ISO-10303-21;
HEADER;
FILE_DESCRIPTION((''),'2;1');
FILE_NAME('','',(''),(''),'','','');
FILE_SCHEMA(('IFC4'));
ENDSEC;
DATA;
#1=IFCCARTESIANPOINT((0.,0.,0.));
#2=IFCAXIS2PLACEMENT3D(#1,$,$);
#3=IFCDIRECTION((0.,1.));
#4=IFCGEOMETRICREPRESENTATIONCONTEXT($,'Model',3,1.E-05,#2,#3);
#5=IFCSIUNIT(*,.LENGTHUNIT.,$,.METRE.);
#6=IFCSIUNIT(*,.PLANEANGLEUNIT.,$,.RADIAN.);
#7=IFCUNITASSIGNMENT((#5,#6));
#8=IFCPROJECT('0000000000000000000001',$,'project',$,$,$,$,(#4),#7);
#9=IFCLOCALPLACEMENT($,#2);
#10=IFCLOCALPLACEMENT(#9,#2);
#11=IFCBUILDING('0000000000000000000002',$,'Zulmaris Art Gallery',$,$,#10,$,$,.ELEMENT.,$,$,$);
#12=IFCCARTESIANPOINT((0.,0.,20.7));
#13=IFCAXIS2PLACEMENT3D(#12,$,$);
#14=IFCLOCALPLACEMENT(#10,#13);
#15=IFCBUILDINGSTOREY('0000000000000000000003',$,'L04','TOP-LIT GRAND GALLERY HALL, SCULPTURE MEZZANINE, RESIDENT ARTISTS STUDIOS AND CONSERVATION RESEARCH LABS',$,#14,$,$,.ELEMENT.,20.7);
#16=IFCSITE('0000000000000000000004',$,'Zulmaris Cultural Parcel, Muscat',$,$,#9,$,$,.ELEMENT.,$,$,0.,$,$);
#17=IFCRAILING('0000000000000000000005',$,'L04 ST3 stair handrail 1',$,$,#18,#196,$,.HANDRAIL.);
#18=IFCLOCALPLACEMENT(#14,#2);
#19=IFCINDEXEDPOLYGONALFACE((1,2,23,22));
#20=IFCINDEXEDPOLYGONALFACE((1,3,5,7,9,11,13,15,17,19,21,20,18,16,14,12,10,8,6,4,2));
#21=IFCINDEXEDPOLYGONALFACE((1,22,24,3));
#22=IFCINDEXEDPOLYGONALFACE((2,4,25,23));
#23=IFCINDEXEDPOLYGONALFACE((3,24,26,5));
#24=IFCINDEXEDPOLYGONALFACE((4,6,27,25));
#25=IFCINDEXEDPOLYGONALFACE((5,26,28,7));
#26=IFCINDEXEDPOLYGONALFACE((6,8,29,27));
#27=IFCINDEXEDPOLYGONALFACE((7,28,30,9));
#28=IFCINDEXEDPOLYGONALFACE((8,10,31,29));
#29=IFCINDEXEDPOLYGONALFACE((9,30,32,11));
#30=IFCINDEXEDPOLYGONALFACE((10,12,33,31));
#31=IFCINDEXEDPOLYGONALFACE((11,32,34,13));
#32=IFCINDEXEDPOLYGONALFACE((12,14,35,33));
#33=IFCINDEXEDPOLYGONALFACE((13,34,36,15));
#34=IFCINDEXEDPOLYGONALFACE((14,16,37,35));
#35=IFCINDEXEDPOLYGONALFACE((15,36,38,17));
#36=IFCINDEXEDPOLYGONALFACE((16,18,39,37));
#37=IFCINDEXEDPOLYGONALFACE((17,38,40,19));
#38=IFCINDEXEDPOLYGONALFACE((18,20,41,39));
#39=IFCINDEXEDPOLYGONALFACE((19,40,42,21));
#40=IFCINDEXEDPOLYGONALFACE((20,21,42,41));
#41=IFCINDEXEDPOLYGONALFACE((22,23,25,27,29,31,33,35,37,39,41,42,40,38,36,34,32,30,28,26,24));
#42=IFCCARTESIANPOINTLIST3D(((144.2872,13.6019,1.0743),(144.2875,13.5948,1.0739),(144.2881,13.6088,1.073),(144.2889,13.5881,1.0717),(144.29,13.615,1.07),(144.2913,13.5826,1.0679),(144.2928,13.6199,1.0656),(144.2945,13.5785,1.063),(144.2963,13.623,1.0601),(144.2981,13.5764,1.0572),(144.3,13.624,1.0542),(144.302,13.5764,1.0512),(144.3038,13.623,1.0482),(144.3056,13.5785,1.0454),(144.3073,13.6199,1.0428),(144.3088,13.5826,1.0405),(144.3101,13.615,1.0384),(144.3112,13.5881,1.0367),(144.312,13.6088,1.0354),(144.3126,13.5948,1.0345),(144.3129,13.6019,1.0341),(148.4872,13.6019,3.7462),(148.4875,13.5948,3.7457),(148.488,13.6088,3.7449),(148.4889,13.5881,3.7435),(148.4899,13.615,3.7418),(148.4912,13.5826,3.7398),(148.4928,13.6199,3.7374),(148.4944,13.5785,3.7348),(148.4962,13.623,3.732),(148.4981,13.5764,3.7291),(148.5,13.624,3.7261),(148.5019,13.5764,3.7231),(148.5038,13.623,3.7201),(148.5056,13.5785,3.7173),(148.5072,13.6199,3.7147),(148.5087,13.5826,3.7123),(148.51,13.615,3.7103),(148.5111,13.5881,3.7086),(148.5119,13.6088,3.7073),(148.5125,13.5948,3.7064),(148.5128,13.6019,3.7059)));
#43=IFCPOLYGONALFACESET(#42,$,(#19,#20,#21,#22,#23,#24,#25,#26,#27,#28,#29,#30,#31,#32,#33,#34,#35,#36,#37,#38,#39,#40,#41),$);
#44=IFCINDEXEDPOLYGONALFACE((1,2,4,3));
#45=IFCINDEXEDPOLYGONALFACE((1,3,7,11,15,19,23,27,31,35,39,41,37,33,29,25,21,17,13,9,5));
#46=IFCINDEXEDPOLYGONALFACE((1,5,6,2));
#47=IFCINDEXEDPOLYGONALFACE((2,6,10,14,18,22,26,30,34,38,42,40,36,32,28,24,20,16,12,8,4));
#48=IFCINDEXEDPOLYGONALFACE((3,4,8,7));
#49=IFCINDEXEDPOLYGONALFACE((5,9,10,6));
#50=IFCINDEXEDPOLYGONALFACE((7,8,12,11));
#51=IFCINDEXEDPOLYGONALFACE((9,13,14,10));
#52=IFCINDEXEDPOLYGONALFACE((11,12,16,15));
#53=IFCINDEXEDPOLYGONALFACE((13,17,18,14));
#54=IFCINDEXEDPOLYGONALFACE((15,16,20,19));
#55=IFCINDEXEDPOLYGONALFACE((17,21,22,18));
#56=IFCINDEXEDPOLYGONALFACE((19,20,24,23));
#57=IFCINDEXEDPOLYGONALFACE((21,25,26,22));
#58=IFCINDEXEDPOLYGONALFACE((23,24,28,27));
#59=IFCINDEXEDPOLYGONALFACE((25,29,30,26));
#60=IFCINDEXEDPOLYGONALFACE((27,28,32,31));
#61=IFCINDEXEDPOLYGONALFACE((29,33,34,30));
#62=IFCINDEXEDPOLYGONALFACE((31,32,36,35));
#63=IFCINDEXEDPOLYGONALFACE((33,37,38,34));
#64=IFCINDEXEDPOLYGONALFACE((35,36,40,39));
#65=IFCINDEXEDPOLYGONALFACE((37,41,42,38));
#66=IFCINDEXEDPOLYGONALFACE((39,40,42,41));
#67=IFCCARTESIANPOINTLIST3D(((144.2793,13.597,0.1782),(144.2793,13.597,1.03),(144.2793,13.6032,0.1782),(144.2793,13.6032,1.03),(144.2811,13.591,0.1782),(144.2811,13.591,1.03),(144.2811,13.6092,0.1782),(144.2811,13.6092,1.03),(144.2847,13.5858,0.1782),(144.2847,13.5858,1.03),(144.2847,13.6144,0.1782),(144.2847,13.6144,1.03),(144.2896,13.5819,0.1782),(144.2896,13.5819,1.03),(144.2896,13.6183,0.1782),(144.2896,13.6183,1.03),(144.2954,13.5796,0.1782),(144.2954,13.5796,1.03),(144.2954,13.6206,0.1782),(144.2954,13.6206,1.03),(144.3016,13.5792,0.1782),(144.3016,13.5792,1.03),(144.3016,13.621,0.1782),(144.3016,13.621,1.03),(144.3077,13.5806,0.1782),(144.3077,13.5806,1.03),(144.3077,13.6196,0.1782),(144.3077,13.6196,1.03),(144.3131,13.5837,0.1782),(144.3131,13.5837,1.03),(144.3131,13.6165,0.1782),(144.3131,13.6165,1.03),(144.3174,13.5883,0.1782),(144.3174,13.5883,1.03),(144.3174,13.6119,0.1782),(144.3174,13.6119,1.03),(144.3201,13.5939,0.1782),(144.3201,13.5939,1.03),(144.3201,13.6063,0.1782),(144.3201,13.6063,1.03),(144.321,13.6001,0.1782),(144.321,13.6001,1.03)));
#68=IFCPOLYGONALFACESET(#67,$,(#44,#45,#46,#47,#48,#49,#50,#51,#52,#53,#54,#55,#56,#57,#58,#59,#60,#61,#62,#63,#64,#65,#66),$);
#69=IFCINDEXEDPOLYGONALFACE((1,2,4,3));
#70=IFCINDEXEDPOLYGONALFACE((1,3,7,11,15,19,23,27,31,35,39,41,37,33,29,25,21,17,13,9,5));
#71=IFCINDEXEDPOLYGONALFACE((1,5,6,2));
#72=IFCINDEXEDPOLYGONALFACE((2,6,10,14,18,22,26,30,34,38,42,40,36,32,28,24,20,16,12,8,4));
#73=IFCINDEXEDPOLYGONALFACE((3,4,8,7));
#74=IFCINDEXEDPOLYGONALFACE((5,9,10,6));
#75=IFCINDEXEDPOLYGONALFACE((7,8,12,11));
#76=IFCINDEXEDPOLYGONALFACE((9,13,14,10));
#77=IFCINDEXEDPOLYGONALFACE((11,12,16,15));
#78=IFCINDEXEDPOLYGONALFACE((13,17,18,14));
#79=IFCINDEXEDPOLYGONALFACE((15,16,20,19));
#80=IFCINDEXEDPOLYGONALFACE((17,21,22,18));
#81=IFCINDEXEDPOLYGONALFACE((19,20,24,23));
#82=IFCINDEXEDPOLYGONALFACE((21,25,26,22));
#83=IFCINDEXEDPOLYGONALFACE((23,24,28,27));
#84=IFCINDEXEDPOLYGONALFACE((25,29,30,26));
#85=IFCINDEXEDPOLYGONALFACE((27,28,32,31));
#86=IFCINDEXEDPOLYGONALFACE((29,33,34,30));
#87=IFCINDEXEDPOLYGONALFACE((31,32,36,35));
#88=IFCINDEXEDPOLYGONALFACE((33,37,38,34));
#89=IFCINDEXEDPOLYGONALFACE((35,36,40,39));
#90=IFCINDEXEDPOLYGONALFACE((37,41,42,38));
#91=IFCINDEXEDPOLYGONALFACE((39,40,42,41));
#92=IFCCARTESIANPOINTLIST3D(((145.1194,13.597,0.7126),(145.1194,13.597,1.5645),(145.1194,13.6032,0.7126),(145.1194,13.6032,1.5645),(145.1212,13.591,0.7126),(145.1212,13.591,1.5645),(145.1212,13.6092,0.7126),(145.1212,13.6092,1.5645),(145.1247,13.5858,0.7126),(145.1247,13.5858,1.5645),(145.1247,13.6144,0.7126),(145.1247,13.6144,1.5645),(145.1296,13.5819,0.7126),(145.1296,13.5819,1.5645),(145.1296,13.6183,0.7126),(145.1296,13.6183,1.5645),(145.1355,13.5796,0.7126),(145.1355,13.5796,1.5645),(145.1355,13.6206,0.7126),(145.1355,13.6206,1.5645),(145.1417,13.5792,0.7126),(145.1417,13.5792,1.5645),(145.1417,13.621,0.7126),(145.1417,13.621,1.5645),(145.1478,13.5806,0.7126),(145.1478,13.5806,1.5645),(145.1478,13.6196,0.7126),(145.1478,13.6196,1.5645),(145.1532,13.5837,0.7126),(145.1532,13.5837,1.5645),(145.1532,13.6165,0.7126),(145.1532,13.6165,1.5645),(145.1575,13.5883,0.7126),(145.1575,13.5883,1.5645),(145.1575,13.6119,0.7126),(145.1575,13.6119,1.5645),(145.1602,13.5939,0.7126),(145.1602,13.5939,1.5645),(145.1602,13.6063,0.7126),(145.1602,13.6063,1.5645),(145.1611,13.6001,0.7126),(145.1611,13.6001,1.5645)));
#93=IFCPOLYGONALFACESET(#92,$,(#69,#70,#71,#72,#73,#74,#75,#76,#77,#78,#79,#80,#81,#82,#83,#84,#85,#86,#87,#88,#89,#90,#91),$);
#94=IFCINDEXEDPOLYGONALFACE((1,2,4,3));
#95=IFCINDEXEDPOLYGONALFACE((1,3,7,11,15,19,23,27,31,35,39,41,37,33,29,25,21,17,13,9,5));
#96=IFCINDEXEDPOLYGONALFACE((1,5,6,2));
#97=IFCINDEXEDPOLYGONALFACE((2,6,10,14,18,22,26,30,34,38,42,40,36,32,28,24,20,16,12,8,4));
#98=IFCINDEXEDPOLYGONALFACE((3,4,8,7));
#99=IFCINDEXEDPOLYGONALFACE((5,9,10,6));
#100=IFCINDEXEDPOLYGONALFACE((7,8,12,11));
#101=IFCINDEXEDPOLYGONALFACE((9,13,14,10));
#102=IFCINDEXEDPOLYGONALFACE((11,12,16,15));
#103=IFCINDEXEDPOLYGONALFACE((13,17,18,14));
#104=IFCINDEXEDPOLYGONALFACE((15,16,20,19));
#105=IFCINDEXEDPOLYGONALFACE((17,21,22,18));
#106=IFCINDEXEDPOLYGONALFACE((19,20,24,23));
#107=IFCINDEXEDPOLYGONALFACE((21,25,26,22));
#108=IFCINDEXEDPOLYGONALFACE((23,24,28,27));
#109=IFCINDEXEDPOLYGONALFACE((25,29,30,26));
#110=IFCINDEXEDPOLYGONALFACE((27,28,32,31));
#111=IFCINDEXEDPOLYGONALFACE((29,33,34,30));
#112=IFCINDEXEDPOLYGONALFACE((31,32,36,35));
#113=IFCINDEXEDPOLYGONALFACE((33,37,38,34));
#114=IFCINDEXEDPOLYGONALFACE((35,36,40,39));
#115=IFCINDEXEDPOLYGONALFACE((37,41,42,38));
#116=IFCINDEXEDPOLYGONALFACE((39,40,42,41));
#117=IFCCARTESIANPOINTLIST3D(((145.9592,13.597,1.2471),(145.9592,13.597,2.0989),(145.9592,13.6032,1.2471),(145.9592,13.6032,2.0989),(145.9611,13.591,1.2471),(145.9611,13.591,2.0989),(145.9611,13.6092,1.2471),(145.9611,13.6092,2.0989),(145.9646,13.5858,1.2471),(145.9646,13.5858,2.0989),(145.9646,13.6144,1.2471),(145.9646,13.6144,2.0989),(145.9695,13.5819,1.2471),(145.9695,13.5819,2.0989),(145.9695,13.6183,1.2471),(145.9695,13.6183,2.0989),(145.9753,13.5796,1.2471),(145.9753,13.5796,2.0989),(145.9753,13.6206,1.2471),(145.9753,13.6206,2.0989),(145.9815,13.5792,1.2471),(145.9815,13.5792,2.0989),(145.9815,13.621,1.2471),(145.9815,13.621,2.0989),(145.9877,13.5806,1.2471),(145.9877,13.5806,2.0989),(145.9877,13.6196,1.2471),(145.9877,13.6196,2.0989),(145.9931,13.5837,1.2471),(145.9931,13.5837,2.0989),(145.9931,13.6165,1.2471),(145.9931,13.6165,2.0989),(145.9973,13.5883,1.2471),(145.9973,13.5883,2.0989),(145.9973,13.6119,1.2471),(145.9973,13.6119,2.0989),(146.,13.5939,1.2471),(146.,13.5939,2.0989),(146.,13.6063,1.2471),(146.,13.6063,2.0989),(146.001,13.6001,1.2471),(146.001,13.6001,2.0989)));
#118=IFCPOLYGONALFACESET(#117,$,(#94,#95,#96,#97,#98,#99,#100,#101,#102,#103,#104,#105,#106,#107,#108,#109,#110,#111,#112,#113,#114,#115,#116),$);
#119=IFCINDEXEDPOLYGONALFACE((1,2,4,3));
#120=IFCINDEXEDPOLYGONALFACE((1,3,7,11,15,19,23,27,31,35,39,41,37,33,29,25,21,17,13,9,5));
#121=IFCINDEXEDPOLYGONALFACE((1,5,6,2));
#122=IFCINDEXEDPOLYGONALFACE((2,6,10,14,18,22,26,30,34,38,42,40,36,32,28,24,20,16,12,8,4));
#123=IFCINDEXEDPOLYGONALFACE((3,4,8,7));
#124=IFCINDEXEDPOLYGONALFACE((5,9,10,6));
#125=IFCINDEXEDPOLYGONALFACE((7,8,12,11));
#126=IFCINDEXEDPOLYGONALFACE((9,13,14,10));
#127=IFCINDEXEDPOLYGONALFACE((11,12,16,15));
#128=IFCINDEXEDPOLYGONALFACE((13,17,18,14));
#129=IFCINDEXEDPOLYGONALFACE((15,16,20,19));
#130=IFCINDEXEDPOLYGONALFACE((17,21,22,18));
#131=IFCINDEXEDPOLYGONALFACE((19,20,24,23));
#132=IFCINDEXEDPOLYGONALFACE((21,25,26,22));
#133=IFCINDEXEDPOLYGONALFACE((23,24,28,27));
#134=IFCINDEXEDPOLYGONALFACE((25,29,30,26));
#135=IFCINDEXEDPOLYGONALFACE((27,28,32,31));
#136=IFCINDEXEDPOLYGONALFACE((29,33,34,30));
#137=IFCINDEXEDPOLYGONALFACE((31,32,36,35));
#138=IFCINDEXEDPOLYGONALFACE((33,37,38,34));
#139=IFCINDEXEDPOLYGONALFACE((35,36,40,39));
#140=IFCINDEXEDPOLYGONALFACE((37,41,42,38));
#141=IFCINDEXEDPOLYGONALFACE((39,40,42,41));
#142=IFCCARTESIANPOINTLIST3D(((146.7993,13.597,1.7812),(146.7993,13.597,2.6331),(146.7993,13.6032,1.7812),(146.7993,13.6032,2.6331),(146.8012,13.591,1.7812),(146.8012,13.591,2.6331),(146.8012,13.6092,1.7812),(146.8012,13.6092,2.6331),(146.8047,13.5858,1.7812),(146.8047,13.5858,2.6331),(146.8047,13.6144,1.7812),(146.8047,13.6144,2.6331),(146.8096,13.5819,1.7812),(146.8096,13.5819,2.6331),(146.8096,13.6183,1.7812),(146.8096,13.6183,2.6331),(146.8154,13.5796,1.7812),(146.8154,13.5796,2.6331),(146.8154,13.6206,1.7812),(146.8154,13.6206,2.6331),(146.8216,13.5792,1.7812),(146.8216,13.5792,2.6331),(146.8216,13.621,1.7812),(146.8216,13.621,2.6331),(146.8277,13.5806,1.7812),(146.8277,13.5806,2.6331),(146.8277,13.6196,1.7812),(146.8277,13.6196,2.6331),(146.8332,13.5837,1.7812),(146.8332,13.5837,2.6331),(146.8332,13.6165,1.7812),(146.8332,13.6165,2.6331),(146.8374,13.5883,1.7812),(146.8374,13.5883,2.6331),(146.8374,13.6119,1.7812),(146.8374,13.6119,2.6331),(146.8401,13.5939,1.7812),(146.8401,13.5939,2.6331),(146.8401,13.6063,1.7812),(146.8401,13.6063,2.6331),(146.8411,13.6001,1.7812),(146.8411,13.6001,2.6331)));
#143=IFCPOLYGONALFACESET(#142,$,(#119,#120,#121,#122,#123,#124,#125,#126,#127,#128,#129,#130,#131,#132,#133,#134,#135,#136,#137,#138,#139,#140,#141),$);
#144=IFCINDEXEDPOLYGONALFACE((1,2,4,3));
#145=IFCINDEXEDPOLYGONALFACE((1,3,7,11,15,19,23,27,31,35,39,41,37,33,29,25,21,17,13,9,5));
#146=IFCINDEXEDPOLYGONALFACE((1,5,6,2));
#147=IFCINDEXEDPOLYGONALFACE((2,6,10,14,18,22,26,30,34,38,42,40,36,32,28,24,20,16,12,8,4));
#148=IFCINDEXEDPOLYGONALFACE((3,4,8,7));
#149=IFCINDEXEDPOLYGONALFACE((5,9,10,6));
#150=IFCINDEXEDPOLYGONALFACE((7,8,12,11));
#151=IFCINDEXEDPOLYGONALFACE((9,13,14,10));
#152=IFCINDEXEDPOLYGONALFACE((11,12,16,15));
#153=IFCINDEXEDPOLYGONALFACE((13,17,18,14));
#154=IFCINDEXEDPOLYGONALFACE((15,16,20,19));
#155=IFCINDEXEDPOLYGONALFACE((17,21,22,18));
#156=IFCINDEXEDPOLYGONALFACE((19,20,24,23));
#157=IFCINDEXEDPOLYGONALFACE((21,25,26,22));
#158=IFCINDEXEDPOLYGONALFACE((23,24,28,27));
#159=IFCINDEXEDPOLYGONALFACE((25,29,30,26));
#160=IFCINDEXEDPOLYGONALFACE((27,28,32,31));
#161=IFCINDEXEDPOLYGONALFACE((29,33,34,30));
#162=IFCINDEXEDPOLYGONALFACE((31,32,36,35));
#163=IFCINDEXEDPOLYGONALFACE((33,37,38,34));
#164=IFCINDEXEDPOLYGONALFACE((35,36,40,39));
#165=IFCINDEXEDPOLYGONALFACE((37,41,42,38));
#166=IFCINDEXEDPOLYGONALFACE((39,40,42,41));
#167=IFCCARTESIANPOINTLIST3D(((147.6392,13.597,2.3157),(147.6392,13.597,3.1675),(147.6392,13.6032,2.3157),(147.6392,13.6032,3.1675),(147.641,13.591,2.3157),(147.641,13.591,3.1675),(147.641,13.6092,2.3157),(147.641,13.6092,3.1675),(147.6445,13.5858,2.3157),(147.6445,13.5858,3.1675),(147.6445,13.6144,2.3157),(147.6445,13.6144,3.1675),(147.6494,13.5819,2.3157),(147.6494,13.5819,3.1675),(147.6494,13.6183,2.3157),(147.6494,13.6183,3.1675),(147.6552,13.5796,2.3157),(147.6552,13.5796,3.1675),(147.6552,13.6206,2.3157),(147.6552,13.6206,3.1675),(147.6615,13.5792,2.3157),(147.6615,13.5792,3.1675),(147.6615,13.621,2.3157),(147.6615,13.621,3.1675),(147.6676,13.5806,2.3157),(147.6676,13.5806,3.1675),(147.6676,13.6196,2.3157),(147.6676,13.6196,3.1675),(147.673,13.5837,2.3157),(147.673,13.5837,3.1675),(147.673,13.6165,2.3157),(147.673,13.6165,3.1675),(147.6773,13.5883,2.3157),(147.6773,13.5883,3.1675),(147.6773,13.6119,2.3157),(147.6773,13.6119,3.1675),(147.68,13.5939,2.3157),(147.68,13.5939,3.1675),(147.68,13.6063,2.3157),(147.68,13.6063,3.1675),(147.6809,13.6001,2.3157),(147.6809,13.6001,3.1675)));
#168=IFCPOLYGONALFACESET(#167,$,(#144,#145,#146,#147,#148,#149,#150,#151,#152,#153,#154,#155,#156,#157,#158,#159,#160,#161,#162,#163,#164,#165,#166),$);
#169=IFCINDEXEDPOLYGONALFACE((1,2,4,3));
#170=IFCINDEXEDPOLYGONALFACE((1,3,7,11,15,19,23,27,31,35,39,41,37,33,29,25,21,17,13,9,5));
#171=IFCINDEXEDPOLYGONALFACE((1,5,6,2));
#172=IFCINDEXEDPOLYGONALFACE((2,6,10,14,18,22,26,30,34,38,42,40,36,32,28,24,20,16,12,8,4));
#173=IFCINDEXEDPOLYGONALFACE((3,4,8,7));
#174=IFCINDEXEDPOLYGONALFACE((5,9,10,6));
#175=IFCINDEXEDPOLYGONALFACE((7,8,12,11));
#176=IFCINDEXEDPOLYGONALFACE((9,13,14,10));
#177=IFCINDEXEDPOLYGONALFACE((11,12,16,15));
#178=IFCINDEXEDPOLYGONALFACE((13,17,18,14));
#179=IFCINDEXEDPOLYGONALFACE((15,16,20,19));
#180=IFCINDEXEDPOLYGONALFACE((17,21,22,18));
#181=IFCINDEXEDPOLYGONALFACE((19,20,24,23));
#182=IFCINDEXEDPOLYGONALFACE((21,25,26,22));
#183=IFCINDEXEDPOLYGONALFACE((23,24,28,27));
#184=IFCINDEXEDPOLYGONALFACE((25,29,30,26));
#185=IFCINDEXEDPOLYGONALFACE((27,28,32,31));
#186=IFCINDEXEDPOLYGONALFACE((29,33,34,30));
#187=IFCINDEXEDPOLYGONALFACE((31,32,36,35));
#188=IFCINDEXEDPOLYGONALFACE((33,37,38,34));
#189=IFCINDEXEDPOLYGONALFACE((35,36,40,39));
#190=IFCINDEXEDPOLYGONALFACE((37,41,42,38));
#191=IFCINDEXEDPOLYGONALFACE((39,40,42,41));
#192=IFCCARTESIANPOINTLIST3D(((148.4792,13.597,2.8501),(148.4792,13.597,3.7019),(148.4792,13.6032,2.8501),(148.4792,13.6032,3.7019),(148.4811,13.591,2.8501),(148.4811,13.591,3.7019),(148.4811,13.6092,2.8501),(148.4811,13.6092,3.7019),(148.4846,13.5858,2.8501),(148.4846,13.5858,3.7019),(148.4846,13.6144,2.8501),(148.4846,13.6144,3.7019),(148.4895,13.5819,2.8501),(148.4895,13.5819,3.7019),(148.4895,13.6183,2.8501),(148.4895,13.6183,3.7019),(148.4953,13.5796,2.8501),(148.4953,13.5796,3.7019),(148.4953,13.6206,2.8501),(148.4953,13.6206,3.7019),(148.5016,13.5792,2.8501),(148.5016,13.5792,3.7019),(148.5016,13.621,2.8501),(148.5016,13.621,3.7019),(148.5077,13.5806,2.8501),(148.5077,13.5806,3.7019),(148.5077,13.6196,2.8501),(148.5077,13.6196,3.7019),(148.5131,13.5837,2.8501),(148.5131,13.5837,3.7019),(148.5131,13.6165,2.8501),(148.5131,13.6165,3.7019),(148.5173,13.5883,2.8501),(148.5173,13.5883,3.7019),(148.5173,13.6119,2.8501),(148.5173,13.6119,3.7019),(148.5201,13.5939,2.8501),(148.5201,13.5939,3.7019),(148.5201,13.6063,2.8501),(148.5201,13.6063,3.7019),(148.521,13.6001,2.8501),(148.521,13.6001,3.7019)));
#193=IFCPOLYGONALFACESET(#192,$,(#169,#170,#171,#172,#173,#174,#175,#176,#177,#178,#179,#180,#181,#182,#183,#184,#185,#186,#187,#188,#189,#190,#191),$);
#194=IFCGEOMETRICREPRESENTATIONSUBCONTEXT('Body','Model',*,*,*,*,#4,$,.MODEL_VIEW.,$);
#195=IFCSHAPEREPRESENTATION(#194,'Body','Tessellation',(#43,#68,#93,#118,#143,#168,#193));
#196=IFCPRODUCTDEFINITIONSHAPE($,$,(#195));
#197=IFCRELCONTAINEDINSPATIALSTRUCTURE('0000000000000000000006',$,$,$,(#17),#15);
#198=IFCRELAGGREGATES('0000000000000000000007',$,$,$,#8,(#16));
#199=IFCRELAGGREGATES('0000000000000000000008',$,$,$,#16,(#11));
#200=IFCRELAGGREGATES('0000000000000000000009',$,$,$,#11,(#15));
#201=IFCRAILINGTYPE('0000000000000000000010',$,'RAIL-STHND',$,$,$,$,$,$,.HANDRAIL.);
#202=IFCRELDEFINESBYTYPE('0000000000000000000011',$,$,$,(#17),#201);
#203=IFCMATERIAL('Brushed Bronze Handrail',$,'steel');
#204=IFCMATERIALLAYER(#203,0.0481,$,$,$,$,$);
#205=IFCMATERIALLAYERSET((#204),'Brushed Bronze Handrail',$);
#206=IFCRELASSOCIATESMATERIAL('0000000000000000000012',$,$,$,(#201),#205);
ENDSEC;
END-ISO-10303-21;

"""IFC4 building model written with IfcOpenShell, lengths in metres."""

from ifc_helpers import new_model, si_unit, direction, frame, origin, origin_2d, place, context, subcontext, project, spatial, circle, extrude, material, layer, layer_set, type_object, element, save


model = new_model("IFC4")

# Units and contexts
model_context = context("Model", 3, precision=1e-05, world=origin(), true_north=direction((0.0, 1.0)))
body_context = subcontext(model_context, "Body", "Model", "MODEL_VIEW")
ifc_project = project(units=[si_unit("LENGTHUNIT", "METRE"), si_unit("PLANEANGLEUNIT", "RADIAN")], contexts=[model_context])

# Site, building, storey
site_placement = place(None, origin())
site = spatial("IfcSite", under=ifc_project, at=site_placement, Name="Zulmaris Cultural Parcel, Muscat", CompositionType="ELEMENT", RefElevation=0.0)
building_placement = place(site_placement, origin())
building = spatial("IfcBuilding", under=site, at=building_placement, Name="Zulmaris Art Gallery", CompositionType="ELEMENT")
storey_placement = place(building_placement, frame((0.0, 0.0, 20.7)))
storey = spatial("IfcBuildingStorey", under=building, at=storey_placement, Name="L04", Description="TOP-LIT GRAND GALLERY HALL, SCULPTURE MEZZANINE, RESIDENT ARTISTS STUDIOS AND CONSERVATION RESEARCH LABS", CompositionType="ELEMENT", Elevation=20.7)

# Railing
ifc_material_1 = material(Name="Brushed Bronze Handrail", Category="steel")
ifc_layer_1 = layer(ifc_material_1, 0.0481)
ifc_layer_set_1 = layer_set([ifc_layer_1], Name="Brushed Bronze Handrail")
railing_type_1 = type_object("IfcRailingType", Name="RAIL-STHND", PredefinedType="HANDRAIL", material=ifc_layer_set_1)
railing_1_placement = place(storey_placement, frame((144.3, 13.6001, 0.1782)))
element("IfcRailing", 1, at=railing_1_placement, inside=storey, type_object=railing_type_1, Name="L04 ST3 stair handrail 1", PredefinedType="HANDRAIL", context=body_context, shape_type="SweptSolid", body=[
    extrude(circle(Radius=0.0239, at=origin_2d()), frame((0.0, 0.0, 0.876), z_axis=(0.843736, 0.0, 0.536758), x_axis=(0.0, 1.0, 0.0)), (0.0, 0.0, 1.0), 4.9778),
    extrude(circle(Radius=0.021, at=origin_2d()), origin(), (0.0, 0.0, 1.0), 0.8518),
    extrude(circle(Radius=0.021, at=origin_2d()), frame((0.8401, 0.0, 0.5344)), (0.0, 0.0, 1.0), 0.8518),
    extrude(circle(Radius=0.021, at=origin_2d()), frame((1.6799, 0.0, 1.0688)), (0.0, 0.0, 1.0), 0.8518),
    extrude(circle(Radius=0.021, at=origin_2d()), frame((2.52, 0.0, 1.603)), (0.0, 0.0, 1.0), 0.8518),
    extrude(circle(Radius=0.021, at=origin_2d()), frame((3.3599, 0.0, 2.1375)), (0.0, 0.0, 1.0), 0.8518),
    extrude(circle(Radius=0.021, at=origin_2d()), frame((4.2, 0.0, 2.6719)), (0.0, 0.0, 1.0), 0.8518),
])

save(model, "model.ifc")
